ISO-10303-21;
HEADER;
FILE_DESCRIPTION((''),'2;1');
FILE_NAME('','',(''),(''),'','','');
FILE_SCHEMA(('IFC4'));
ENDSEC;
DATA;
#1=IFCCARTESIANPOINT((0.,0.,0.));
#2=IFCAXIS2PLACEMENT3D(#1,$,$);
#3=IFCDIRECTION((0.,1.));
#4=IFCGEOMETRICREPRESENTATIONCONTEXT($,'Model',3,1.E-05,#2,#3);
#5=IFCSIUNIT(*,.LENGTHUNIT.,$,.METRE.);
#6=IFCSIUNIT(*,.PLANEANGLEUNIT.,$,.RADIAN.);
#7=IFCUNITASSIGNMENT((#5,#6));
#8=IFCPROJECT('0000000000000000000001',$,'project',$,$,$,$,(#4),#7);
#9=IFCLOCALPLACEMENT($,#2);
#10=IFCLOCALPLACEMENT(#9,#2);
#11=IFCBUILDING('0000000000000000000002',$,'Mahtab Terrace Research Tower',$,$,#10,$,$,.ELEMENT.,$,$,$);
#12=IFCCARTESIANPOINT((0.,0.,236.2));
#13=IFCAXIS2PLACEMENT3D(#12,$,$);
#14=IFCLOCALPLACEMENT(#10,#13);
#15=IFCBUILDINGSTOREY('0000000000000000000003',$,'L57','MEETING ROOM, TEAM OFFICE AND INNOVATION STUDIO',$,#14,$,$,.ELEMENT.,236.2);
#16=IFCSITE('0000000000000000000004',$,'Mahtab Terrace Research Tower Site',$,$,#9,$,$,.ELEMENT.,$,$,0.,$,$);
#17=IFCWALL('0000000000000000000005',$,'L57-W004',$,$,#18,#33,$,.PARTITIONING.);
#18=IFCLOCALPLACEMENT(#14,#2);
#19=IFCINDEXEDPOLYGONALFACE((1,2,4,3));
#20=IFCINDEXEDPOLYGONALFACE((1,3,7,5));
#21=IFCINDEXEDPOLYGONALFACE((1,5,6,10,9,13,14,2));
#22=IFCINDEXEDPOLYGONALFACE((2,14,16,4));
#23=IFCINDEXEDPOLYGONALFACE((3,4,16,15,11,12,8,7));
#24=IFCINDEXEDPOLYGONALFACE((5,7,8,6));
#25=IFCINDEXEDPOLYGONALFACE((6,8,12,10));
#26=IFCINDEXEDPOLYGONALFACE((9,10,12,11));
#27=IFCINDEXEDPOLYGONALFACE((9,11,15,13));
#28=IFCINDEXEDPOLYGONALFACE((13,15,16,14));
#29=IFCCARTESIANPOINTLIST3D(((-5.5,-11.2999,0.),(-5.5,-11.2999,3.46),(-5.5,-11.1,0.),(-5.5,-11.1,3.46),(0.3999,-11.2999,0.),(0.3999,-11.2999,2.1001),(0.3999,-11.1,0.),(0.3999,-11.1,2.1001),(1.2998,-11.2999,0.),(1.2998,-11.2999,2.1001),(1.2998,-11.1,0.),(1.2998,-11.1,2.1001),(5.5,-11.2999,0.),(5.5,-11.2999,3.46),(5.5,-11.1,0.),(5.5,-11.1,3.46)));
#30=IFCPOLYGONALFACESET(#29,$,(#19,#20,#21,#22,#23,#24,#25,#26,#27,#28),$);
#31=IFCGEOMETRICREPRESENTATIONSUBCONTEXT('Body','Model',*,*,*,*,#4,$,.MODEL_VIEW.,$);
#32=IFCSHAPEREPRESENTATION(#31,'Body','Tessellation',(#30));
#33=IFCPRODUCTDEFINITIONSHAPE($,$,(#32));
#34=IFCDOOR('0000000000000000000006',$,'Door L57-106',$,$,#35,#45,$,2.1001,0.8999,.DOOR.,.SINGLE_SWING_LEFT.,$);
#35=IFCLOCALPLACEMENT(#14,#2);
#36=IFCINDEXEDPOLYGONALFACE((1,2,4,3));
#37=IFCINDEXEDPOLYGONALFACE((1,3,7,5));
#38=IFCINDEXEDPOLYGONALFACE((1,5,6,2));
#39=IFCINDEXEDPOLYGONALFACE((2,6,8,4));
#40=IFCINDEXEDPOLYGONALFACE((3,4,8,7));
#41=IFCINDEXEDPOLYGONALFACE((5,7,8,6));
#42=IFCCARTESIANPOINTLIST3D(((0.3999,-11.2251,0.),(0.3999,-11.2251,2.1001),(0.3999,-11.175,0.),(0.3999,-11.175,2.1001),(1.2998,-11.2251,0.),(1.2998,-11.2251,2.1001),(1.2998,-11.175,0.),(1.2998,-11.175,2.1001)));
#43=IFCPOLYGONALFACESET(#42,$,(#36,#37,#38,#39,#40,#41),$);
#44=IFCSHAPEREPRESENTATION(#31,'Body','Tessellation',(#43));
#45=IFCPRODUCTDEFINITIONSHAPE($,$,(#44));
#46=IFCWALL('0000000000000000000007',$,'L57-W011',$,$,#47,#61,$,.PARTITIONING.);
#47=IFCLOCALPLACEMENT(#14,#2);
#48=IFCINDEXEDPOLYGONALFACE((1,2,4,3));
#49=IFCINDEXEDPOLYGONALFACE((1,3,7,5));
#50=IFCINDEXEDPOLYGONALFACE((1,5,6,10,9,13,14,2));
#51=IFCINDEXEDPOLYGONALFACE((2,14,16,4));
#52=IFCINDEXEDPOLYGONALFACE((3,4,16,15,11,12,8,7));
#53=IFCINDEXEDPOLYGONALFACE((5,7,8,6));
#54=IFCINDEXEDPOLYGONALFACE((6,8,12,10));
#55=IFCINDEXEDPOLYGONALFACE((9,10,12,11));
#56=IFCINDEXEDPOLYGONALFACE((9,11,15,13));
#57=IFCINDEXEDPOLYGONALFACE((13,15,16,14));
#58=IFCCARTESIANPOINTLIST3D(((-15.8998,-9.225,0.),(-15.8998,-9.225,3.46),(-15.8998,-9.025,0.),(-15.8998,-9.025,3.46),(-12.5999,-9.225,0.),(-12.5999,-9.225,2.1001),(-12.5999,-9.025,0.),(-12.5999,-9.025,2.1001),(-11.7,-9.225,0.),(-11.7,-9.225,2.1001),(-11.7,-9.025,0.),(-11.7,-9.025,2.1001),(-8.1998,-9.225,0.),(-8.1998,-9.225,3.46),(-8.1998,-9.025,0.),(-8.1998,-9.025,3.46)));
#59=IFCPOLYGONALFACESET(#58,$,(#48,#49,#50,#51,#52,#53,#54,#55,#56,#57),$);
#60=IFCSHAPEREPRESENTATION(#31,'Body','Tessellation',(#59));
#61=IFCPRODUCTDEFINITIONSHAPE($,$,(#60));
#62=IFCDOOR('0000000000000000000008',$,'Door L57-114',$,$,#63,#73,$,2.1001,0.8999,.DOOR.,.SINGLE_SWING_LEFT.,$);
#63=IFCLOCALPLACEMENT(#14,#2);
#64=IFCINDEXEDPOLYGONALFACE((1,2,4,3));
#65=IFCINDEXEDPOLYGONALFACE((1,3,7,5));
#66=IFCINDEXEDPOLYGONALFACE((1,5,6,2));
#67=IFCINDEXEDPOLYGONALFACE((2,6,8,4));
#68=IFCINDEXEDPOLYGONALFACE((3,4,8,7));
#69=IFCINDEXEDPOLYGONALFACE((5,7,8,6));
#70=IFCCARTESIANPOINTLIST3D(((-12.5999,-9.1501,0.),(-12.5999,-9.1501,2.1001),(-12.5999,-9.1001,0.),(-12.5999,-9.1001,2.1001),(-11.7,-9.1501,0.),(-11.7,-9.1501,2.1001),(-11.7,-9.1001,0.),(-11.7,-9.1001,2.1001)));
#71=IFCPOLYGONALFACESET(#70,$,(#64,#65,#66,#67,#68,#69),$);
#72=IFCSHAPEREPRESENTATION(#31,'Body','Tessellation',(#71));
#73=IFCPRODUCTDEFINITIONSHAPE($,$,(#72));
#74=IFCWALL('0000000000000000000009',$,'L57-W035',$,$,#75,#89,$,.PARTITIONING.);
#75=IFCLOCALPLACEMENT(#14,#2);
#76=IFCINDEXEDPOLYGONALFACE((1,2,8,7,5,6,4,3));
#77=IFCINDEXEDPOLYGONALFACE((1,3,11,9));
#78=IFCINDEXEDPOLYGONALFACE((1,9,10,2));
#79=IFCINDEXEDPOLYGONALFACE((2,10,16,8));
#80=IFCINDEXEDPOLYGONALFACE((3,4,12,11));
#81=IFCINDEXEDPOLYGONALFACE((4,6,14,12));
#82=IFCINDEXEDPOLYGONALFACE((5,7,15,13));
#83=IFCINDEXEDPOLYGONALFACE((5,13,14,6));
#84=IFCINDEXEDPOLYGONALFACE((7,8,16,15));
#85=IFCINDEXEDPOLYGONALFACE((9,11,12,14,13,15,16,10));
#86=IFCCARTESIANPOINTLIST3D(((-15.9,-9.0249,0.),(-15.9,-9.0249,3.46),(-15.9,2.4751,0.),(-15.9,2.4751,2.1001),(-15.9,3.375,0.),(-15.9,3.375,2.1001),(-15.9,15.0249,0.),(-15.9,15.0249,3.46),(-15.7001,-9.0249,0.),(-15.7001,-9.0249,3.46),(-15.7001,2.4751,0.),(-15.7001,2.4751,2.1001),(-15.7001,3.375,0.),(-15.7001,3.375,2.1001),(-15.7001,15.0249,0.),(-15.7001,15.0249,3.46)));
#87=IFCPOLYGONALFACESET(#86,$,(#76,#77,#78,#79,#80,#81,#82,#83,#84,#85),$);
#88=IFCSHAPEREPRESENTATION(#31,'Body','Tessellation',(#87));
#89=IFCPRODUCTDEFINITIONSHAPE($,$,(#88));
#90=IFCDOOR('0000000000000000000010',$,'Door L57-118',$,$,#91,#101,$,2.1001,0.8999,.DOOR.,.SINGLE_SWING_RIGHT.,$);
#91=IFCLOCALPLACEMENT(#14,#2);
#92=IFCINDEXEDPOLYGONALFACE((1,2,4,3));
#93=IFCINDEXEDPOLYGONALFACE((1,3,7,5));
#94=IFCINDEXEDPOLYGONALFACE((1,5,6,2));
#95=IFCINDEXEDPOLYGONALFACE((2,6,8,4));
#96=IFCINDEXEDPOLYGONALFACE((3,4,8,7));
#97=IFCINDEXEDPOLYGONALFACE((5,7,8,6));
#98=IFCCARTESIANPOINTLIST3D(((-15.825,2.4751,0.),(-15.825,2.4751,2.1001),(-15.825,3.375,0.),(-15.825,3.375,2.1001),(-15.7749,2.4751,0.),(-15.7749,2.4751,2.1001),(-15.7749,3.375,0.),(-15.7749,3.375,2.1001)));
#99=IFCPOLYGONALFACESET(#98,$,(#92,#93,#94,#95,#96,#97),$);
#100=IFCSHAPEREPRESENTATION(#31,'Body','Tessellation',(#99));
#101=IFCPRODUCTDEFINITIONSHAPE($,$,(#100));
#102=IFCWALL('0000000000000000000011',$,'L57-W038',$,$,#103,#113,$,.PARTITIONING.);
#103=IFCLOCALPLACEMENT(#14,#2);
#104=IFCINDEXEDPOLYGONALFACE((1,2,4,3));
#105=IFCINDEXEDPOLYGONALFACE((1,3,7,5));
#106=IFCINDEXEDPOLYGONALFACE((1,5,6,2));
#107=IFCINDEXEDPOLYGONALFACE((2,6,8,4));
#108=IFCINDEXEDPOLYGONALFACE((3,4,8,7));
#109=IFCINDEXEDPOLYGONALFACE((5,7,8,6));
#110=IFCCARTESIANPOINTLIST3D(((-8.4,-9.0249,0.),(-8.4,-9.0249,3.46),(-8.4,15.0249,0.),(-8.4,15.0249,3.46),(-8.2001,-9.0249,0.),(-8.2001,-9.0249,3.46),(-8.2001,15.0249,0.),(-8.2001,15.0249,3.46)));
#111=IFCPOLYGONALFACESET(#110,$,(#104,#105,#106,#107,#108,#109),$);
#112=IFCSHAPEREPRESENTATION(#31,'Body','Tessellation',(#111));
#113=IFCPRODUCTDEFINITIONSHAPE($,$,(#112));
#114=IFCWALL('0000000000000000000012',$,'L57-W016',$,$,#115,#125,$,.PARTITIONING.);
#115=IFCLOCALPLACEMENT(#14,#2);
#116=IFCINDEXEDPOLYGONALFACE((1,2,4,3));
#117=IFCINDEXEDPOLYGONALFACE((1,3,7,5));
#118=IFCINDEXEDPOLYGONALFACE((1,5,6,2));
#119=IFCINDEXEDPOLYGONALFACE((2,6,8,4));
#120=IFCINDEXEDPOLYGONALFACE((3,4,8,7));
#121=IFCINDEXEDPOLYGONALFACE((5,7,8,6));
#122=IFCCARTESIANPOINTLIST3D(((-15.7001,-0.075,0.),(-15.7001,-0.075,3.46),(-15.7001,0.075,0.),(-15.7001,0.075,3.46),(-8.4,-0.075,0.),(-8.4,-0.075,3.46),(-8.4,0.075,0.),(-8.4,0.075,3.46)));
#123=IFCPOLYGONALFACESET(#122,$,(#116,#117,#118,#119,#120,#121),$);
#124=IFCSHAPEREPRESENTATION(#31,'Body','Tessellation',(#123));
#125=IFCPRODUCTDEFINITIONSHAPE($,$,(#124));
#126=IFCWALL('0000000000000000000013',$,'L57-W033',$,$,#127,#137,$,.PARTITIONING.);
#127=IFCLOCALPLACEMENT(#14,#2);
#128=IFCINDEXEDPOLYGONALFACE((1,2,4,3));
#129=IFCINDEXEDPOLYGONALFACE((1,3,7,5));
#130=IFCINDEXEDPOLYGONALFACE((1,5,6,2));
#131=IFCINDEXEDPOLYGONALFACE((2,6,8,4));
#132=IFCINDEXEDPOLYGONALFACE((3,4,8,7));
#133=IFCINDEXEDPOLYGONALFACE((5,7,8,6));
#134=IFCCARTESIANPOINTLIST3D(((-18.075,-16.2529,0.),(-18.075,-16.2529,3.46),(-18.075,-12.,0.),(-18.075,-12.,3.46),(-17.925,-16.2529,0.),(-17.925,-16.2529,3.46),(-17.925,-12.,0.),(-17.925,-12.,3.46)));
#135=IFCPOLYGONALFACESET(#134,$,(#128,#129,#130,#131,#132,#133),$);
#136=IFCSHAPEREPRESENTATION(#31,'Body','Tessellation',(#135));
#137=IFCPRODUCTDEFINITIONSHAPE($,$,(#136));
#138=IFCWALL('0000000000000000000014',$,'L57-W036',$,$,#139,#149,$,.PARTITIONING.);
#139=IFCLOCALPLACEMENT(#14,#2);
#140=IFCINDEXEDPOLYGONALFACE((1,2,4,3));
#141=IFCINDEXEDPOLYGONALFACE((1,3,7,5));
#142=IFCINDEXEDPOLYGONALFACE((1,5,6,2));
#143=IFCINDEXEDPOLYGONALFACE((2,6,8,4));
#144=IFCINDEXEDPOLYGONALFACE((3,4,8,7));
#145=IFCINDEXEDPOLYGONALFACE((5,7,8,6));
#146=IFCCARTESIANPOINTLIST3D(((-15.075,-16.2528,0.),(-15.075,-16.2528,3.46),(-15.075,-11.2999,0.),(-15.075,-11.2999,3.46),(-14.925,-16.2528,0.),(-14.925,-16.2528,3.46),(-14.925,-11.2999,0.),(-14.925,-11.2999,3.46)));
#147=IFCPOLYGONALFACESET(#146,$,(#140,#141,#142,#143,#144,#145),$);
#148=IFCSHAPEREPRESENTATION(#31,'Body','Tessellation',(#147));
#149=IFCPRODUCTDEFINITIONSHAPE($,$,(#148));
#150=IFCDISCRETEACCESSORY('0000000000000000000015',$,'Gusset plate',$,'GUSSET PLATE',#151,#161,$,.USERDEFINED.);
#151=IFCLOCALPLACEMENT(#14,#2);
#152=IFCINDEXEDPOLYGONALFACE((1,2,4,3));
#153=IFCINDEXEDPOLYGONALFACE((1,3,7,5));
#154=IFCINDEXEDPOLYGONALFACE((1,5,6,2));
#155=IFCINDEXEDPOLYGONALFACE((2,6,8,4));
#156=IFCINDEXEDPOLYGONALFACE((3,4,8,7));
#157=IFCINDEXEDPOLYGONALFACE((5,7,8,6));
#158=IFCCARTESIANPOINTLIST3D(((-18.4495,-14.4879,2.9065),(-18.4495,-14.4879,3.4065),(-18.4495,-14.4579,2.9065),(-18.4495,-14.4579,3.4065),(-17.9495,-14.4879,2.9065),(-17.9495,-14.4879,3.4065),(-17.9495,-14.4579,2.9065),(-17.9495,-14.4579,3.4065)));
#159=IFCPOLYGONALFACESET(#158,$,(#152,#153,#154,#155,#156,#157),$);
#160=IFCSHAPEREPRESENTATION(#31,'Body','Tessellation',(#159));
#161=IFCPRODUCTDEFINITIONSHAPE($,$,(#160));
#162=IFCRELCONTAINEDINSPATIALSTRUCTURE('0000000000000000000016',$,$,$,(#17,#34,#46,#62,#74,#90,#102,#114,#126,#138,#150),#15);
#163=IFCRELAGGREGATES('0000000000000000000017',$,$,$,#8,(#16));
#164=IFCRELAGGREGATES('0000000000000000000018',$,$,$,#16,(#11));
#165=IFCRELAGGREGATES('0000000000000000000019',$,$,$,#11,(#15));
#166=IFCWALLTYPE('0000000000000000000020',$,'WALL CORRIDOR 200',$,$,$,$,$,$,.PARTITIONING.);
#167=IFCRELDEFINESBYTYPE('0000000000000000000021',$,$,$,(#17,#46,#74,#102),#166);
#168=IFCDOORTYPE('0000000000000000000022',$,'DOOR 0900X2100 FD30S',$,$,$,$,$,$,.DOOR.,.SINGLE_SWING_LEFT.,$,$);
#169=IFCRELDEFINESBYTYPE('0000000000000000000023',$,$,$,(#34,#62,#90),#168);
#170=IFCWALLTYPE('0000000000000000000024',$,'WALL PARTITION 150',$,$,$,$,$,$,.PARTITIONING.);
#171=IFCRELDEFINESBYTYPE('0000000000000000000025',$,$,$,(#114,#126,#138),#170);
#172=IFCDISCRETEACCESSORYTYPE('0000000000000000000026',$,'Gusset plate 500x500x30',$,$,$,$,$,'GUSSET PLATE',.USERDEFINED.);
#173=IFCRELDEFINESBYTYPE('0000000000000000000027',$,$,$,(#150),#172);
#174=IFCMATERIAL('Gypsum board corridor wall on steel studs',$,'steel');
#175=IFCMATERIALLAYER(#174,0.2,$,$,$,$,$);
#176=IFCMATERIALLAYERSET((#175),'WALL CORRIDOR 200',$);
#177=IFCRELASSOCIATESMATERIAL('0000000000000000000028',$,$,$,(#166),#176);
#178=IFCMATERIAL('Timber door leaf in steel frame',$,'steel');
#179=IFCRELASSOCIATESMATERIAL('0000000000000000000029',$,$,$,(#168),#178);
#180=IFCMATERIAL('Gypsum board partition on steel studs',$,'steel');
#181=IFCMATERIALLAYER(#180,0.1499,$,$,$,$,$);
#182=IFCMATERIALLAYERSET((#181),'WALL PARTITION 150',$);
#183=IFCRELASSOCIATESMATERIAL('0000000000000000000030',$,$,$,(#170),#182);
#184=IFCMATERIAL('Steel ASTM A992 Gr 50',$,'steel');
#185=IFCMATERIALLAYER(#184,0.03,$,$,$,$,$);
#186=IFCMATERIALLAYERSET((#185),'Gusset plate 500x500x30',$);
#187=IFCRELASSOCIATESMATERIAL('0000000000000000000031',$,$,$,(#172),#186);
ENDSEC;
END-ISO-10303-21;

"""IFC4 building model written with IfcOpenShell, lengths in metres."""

from ifc_helpers import new_model, si_unit, direction, frame, frame_2d, origin, origin_2d, place, context, subcontext, project, spatial, rectangle, extrude, material, layer, layer_set, type_object, element, fill, save


model = new_model("IFC4")

# Units and contexts
model_context = context("Model", 3, precision=1e-05, world=origin(), true_north=direction((0.0, 1.0)))
body_context = subcontext(model_context, "Body", "Model", "MODEL_VIEW")
ifc_project = project(units=[si_unit("LENGTHUNIT", "METRE"), si_unit("PLANEANGLEUNIT", "RADIAN")], contexts=[model_context])

# Site, building, storey
site_placement = place(None, origin())
site = spatial("IfcSite", under=ifc_project, at=site_placement, Name="Mahtab Terrace Research Tower Site", CompositionType="ELEMENT", RefElevation=0.0)
building_placement = place(site_placement, origin())
building = spatial("IfcBuilding", under=site, at=building_placement, Name="Mahtab Terrace Research Tower", CompositionType="ELEMENT")
storey_placement = place(building_placement, frame((0.0, 0.0, 236.2)))
storey = spatial("IfcBuildingStorey", under=building, at=storey_placement, Name="L57", Description="MEETING ROOM, TEAM OFFICE AND INNOVATION STUDIO", CompositionType="ELEMENT", Elevation=236.2)

# Shared definitions
ifc_material_1 = material(Name="Steel ASTM A992 Gr 50", Category="steel")

# Shared definitions
ifc_material_2 = material(Name="Gypsum board corridor wall on steel studs", Category="steel")
ifc_layer_1 = layer(ifc_material_2, 0.2)
ifc_layer_set_1 = layer_set([ifc_layer_1], Name="WALL CORRIDOR 200")
wall_type_1 = type_object("IfcWallType", Name="WALL CORRIDOR 200", PredefinedType="PARTITIONING", material=ifc_layer_set_1)
ifc_material_3 = material(Name="Timber door leaf in steel frame", Category="steel")
door_type_1 = type_object("IfcDoorType", Name="DOOR 0900X2100 FD30S", OperationType="SINGLE_SWING_LEFT", PredefinedType="DOOR", material=ifc_material_3)

# Walls, openings, doors
wall_1_placement = place(storey_placement, frame((-5.5, -11.2, 0.0), z_axis=(0.0, 0.0, 1.0), x_axis=(1.0, 0.0, 0.0)))
wall_1 = element("IfcWall", 1, at=wall_1_placement, inside=storey, type_object=wall_type_1, Name="L57-W004", PredefinedType="PARTITIONING", context=body_context, shape_type="SweptSolid", body=[
    extrude(rectangle(XDim=11.0, YDim=0.2, at=frame_2d((5.5, 0.0))), origin(), (0.0, 0.0, 1.0), 3.46),
])
opening_1_placement = place(wall_1_placement, frame((5.8999, 0.0, 0.0)))
opening_1 = element("IfcOpeningElement", 2, at=opening_1_placement, cuts=wall_1, PredefinedType="OPENING", context=body_context, shape_type="SweptSolid", body=[
    extrude(rectangle(XDim=0.8999, YDim=2.1001, at=frame_2d((0.45, 1.05))), frame((0.0, 0.1099, 0.0), z_axis=(0.0, -1.0, 0.0), x_axis=(1.0, 0.0, 0.0)), (0.0, 0.0, 1.0), 0.22),
])
door_1_placement = place(opening_1_placement, origin())
door_1 = element("IfcDoor", 3, at=door_1_placement, inside=storey, type_object=door_type_1, Name="Door L57-106", OperationType="SINGLE_SWING_LEFT", OverallHeight=2.1001, OverallWidth=0.8999, PredefinedType="DOOR", context=body_context, shape_type="SweptSolid", body=[
    extrude(rectangle(XDim=0.8999, YDim=2.1001, at=frame_2d((0.45, 1.05))), frame((0.0, 0.0249, 0.0), z_axis=(0.0, -1.0, 0.0), x_axis=(1.0, 0.0, 0.0)), (0.0, 0.0, 1.0), 0.05),
])
fill(opening_1, door_1)
wall_2_placement = place(storey_placement, frame((-15.8999, -9.125, 0.0), z_axis=(0.0, 0.0, 1.0), x_axis=(1.0, 0.0, 0.0)))
wall_2 = element("IfcWall", 4, at=wall_2_placement, inside=storey, type_object=wall_type_1, Name="L57-W011", PredefinedType="PARTITIONING", context=body_context, shape_type="SweptSolid", body=[
    extrude(rectangle(XDim=7.7, YDim=0.2, at=frame_2d((3.8501, 0.0))), origin(), (0.0, 0.0, 1.0), 3.46),
])
opening_2_placement = place(wall_2_placement, frame((3.3, 0.0, 0.0)))
opening_2 = element("IfcOpeningElement", 5, at=opening_2_placement, cuts=wall_2, PredefinedType="OPENING", context=body_context, shape_type="SweptSolid", body=[
    extrude(rectangle(XDim=0.8999, YDim=2.1001, at=frame_2d((0.45, 1.05))), frame((0.0, 0.1099, 0.0), z_axis=(0.0, -1.0, 0.0), x_axis=(1.0, 0.0, 0.0)), (0.0, 0.0, 1.0), 0.22),
])
door_2_placement = place(opening_2_placement, origin())
door_2 = element("IfcDoor", 6, at=door_2_placement, inside=storey, type_object=door_type_1, Name="Door L57-114", OperationType="SINGLE_SWING_LEFT", OverallHeight=2.1001, OverallWidth=0.8999, PredefinedType="DOOR", context=body_context, shape_type="SweptSolid", body=[
    extrude(rectangle(XDim=0.8999, YDim=2.1001, at=frame_2d((0.45, 1.05))), frame((0.0, 0.0249, 0.0), z_axis=(0.0, -1.0, 0.0), x_axis=(1.0, 0.0, 0.0)), (0.0, 0.0, 1.0), 0.05),
])
fill(opening_2, door_2)
wall_3_placement = place(storey_placement, frame((-15.8, -9.0249, 0.0), z_axis=(0.0, 0.0, 1.0), x_axis=(0.0, 1.0, 0.0)))
wall_3 = element("IfcWall", 7, at=wall_3_placement, inside=storey, type_object=wall_type_1, Name="L57-W035", PredefinedType="PARTITIONING", context=body_context, shape_type="SweptSolid", body=[
    extrude(rectangle(XDim=24.0498, YDim=0.2, at=frame_2d((12.0249, 0.0))), origin(), (0.0, 0.0, 1.0), 3.46),
])
opening_3_placement = place(wall_3_placement, frame((11.5, 0.0, 0.0)))
opening_3 = element("IfcOpeningElement", 8, at=opening_3_placement, cuts=wall_3, PredefinedType="OPENING", context=body_context, shape_type="SweptSolid", body=[
    extrude(rectangle(XDim=0.8999, YDim=2.1001, at=frame_2d((0.45, 1.05))), frame((0.0, 0.1099, 0.0), z_axis=(0.0, -1.0, 0.0), x_axis=(1.0, 0.0, 0.0)), (0.0, 0.0, 1.0), 0.22),
])
door_3_placement = place(opening_3_placement, origin())
door_3 = element("IfcDoor", 9, at=door_3_placement, inside=storey, type_object=door_type_1, Name="Door L57-118", OperationType="SINGLE_SWING_RIGHT", OverallHeight=2.1001, OverallWidth=0.8999, PredefinedType="DOOR", context=body_context, shape_type="SweptSolid", body=[
    extrude(rectangle(XDim=0.8999, YDim=2.1001, at=frame_2d((0.45, 1.05))), frame((0.0, 0.0249, 0.0), z_axis=(0.0, -1.0, 0.0), x_axis=(1.0, 0.0, 0.0)), (0.0, 0.0, 1.0), 0.05),
])
fill(opening_3, door_3)

# Walls
wall_4_placement = place(storey_placement, frame((-8.3, -9.0249, 0.0), z_axis=(0.0, 0.0, 1.0), x_axis=(0.0, 1.0, 0.0)))
element("IfcWall", 10, at=wall_4_placement, inside=storey, type_object=wall_type_1, Name="L57-W038", PredefinedType="PARTITIONING", context=body_context, shape_type="SweptSolid", body=[
    extrude(rectangle(XDim=24.0498, YDim=0.2, at=frame_2d((12.0249, 0.0))), origin(), (0.0, 0.0, 1.0), 3.46),
])
ifc_material_4 = material(Name="Gypsum board partition on steel studs", Category="steel")
ifc_layer_2 = layer(ifc_material_4, 0.1499)
ifc_layer_set_2 = layer_set([ifc_layer_2], Name="WALL PARTITION 150")
wall_type_2 = type_object("IfcWallType", Name="WALL PARTITION 150", PredefinedType="PARTITIONING", material=ifc_layer_set_2)
wall_5_placement = place(storey_placement, frame((-15.7, 0.0, 0.0), z_axis=(0.0, 0.0, 1.0), x_axis=(1.0, 0.0, 0.0)))
element("IfcWall", 11, at=wall_5_placement, inside=storey, type_object=wall_type_2, Name="L57-W016", PredefinedType="PARTITIONING", context=body_context, shape_type="SweptSolid", body=[
    extrude(rectangle(XDim=7.3, YDim=0.1499, at=frame_2d((3.6499, 0.0))), origin(), (0.0, 0.0, 1.0), 3.46),
])
wall_6_placement = place(storey_placement, frame((-18.0, -16.2529, 0.0), z_axis=(0.0, 0.0, 1.0), x_axis=(0.0, 1.0, 0.0)))
element("IfcWall", 12, at=wall_6_placement, inside=storey, type_object=wall_type_2, Name="L57-W033", PredefinedType="PARTITIONING", context=body_context, shape_type="SweptSolid", body=[
    extrude(rectangle(XDim=4.2529, YDim=0.1499, at=frame_2d((2.1265, 0.0))), origin(), (0.0, 0.0, 1.0), 3.46),
])
wall_7_placement = place(storey_placement, frame((-15.0, -16.2529, 0.0), z_axis=(0.0, 0.0, 1.0), x_axis=(0.0, 1.0, 0.0)))
element("IfcWall", 13, at=wall_7_placement, inside=storey, type_object=wall_type_2, Name="L57-W036", PredefinedType="PARTITIONING", context=body_context, shape_type="SweptSolid", body=[
    extrude(rectangle(XDim=4.9529, YDim=0.1499, at=frame_2d((2.4766, 0.0))), origin(), (0.0, 0.0, 1.0), 3.46),
])

# Discrete accessory
ifc_layer_3 = layer(ifc_material_1, 0.03)
ifc_layer_set_3 = layer_set([ifc_layer_3], Name="Gusset plate 500x500x30")
discrete_accessory_type = type_object("IfcDiscreteAccessoryType", Name="Gusset plate 500x500x30", ElementType="GUSSET PLATE", PredefinedType="USERDEFINED", material=ifc_layer_set_3)
discrete_accessory_placement = place(storey_placement, frame((-18.1995, -14.4729, 2.9065), z_axis=(0.0, 0.0, 1.0), x_axis=(1.0, 0.0, 0.0)))
element("IfcDiscreteAccessory", 14, at=discrete_accessory_placement, inside=storey, type_object=discrete_accessory_type, Name="Gusset plate", ObjectType="GUSSET PLATE", PredefinedType="USERDEFINED", context=body_context, shape_type="SweptSolid", body=[
    extrude(rectangle(XDim=0.5, YDim=0.03, at=origin_2d()), origin(), (0.0, 0.0, 1.0), 0.5),
])

save(model, "model.ifc")
